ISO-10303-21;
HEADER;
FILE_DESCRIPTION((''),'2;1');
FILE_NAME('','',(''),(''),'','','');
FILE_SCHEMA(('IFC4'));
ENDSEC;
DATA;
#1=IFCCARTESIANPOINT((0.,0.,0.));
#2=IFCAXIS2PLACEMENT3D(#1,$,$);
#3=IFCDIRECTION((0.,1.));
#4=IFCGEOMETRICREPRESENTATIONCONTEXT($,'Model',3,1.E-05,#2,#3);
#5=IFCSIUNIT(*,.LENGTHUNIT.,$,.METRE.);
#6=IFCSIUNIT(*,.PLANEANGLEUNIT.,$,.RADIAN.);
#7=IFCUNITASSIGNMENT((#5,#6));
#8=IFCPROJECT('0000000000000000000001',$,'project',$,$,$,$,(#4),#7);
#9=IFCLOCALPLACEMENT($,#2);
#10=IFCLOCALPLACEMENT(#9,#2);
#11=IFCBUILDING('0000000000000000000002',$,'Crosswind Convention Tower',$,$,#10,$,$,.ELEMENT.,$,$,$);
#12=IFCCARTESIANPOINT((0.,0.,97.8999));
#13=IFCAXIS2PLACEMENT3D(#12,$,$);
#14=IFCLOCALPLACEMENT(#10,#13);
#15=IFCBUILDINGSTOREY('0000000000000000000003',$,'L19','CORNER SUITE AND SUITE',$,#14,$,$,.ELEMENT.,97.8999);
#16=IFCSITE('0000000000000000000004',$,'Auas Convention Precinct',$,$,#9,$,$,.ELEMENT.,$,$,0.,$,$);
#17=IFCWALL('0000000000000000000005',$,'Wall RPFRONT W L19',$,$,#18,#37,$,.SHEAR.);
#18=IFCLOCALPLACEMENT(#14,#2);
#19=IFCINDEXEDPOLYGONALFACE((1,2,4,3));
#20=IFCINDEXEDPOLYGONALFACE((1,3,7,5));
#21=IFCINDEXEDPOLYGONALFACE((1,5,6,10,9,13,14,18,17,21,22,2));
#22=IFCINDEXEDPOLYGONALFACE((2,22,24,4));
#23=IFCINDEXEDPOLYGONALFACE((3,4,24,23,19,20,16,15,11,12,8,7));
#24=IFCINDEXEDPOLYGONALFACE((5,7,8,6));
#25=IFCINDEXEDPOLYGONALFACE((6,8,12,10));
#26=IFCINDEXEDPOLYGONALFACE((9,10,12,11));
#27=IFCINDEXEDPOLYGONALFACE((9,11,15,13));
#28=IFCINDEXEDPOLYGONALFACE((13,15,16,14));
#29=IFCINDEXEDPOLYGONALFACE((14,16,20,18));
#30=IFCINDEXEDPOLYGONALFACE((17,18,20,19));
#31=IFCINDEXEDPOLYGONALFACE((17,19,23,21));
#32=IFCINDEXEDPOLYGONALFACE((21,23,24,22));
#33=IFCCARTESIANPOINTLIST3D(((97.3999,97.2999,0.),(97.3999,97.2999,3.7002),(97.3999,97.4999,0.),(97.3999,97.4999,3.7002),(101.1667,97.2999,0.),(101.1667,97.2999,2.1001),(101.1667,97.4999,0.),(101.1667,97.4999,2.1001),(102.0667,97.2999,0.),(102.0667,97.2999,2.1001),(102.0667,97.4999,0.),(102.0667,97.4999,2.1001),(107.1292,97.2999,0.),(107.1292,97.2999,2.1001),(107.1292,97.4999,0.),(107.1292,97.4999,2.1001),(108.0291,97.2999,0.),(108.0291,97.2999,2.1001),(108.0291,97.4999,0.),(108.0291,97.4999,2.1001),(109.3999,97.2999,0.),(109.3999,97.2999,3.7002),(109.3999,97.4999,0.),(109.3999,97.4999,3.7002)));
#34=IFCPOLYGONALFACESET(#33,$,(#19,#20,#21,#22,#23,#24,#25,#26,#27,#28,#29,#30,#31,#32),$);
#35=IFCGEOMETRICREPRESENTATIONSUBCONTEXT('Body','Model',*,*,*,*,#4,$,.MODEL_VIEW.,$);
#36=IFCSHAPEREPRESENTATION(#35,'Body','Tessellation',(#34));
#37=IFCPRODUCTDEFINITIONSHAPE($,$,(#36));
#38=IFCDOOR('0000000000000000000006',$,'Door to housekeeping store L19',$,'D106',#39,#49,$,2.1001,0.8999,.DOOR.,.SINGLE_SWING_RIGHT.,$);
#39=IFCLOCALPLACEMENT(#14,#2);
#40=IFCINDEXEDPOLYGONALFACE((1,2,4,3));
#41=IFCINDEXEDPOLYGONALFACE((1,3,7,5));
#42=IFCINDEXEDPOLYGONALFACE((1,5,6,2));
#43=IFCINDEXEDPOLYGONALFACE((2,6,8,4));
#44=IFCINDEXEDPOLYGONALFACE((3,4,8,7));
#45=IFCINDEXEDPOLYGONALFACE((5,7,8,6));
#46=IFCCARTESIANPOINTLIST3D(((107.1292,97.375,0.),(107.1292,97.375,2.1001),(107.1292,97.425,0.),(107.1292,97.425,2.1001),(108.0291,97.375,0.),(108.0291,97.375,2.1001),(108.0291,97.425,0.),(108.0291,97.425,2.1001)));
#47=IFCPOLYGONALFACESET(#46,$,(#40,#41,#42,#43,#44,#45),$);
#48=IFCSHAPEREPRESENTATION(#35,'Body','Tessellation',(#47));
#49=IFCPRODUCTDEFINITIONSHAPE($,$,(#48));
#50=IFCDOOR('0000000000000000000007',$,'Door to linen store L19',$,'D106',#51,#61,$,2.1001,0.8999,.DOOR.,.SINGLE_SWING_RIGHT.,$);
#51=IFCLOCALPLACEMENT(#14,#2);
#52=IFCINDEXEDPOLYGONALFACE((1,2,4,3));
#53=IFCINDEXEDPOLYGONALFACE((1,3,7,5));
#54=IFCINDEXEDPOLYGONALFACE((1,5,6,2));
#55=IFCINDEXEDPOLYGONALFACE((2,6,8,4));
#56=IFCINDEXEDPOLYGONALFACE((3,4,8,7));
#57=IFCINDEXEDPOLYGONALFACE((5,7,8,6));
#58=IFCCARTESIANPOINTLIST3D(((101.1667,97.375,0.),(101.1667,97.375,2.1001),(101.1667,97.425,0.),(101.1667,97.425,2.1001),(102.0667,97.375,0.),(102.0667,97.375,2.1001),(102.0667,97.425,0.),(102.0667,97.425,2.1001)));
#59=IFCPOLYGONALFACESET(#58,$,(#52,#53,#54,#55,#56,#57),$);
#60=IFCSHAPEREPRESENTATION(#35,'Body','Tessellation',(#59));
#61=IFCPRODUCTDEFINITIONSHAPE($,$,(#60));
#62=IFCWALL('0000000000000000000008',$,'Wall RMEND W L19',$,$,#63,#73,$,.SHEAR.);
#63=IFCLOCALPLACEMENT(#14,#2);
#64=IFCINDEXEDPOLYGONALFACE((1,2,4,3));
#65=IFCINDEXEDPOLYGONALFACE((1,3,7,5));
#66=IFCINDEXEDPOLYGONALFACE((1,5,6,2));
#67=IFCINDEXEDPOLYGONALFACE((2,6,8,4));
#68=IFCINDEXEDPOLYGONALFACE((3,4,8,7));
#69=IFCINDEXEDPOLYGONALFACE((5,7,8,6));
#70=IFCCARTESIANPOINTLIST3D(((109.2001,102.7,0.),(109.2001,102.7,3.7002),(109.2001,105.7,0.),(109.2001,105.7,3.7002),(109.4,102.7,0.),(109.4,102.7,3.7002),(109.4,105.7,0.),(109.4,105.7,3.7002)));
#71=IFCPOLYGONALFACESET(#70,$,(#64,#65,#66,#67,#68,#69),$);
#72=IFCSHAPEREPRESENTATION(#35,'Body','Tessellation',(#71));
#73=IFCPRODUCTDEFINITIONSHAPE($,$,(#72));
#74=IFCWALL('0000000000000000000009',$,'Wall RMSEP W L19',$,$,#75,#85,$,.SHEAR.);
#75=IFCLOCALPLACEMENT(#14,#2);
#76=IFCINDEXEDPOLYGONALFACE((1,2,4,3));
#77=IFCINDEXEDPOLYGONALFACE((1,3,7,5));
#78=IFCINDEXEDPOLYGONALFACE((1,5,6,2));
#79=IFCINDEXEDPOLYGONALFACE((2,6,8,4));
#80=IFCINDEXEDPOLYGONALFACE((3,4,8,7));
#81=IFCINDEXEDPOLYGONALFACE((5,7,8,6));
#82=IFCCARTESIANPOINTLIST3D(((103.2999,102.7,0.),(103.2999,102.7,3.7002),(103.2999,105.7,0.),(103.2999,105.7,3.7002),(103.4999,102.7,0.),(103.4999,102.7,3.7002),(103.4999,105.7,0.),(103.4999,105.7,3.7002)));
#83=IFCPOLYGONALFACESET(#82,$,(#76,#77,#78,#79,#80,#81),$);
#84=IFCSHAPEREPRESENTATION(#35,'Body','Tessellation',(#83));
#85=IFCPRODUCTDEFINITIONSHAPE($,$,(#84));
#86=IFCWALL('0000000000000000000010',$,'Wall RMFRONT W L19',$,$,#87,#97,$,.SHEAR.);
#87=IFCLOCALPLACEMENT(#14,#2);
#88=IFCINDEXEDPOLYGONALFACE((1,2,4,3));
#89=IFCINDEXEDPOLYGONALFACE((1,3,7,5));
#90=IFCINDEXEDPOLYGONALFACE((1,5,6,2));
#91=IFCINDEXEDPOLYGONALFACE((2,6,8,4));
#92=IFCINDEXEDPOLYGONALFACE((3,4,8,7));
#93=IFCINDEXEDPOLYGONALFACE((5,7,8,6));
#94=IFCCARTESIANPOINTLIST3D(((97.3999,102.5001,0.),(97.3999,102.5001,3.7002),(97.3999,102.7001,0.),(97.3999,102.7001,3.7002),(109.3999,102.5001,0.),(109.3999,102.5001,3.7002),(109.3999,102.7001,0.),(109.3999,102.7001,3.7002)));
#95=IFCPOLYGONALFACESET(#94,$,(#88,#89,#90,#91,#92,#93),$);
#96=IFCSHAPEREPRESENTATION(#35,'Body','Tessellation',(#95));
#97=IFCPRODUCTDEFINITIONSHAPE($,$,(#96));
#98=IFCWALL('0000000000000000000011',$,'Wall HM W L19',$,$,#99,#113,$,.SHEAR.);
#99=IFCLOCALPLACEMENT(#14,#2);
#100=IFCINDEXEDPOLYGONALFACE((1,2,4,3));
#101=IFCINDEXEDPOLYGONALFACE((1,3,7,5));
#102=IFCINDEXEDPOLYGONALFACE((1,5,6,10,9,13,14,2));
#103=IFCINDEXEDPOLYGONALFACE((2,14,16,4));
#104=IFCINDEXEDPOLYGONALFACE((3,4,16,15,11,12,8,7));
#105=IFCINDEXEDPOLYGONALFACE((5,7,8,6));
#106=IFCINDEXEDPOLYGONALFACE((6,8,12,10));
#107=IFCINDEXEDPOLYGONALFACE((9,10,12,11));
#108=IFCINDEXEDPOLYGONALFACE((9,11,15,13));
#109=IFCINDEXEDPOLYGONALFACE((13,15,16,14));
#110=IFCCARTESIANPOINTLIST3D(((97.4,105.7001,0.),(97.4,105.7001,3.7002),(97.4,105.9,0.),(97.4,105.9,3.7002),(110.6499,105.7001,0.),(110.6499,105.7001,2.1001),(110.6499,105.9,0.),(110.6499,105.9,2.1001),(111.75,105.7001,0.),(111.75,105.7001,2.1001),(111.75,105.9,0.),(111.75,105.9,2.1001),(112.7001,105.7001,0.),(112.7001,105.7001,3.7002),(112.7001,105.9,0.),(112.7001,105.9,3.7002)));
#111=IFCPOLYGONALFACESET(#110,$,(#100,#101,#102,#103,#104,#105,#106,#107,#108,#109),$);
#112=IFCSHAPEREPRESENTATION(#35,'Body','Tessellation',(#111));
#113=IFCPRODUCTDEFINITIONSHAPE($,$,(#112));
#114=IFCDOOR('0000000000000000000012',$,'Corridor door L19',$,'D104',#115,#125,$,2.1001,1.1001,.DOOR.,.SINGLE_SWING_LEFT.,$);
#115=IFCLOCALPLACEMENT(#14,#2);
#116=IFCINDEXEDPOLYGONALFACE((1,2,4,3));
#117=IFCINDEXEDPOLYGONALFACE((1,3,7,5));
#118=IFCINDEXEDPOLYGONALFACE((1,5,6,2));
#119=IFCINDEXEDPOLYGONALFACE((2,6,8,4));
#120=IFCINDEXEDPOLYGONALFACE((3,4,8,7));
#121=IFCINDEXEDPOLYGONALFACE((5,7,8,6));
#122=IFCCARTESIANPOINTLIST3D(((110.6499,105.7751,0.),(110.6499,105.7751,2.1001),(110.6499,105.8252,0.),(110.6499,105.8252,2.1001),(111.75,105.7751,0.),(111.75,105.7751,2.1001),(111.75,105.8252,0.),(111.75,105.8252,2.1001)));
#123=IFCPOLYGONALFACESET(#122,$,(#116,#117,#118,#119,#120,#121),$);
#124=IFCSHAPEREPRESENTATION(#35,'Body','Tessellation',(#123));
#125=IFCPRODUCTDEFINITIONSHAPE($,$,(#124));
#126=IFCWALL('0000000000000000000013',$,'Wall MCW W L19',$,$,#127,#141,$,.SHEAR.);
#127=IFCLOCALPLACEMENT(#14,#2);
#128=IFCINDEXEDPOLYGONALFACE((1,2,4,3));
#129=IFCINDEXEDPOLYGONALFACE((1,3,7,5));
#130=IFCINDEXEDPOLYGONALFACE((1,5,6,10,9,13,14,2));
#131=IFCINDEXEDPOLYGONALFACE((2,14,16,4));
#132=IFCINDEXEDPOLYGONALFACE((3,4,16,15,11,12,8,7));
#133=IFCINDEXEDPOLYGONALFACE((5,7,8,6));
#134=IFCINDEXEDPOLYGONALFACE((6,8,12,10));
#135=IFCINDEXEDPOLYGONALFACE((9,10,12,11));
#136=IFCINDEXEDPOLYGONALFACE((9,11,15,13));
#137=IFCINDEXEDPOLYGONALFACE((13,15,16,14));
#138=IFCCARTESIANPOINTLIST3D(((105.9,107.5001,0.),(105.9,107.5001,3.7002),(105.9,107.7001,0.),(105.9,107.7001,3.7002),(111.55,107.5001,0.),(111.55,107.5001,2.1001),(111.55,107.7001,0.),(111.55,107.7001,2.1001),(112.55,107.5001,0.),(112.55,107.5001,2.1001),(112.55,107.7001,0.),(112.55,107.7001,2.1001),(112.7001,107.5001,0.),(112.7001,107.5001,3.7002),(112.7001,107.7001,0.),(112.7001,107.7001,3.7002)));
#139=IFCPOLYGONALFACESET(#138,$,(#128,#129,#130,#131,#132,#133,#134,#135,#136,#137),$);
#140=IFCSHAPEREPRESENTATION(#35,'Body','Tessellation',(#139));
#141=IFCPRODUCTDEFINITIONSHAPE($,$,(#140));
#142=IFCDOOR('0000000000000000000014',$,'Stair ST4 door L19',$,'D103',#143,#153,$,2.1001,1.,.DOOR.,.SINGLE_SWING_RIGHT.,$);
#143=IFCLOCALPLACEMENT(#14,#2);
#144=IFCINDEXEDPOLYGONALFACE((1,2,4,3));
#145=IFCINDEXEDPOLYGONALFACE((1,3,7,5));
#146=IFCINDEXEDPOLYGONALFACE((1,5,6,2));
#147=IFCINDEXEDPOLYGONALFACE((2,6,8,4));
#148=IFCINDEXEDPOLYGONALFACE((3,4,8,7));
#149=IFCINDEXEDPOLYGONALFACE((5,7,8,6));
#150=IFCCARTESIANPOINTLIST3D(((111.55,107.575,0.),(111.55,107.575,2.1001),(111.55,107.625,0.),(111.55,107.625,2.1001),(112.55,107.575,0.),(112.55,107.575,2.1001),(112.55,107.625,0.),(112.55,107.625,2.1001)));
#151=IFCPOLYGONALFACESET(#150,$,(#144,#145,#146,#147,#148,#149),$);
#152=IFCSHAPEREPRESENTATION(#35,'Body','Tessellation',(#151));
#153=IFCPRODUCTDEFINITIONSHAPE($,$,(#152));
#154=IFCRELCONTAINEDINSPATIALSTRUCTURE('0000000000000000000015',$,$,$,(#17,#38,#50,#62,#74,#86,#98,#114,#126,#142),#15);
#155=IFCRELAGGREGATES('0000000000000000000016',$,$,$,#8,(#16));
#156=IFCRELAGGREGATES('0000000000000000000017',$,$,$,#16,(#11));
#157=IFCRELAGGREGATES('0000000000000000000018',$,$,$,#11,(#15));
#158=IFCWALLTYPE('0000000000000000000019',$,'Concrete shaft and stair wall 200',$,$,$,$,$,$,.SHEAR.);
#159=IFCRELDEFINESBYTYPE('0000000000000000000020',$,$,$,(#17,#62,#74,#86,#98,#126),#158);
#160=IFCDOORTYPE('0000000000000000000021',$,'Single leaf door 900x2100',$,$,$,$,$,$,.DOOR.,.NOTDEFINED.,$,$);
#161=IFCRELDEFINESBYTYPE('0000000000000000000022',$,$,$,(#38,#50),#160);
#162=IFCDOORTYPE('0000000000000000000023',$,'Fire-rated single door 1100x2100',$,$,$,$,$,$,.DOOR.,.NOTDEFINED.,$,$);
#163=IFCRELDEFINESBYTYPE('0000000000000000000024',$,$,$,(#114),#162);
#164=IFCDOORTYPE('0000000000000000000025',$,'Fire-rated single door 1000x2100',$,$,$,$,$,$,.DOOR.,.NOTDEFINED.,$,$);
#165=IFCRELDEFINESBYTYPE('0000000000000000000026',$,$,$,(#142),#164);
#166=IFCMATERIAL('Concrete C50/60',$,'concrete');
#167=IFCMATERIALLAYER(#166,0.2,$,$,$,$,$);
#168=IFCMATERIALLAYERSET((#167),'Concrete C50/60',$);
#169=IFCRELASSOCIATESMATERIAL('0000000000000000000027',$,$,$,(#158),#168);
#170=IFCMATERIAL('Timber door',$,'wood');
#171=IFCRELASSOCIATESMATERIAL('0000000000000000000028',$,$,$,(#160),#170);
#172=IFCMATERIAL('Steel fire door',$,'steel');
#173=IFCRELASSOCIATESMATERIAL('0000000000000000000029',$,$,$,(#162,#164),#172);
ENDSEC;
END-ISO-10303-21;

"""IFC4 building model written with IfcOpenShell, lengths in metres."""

from ifc_helpers import new_model, si_unit, direction, frame, frame_2d, origin, place, context, subcontext, project, spatial, rectangle, extrude, material, layer, layer_set, type_object, element, fill, save


model = new_model("IFC4")

# Units and contexts
model_context = context("Model", 3, precision=1e-05, world=origin(), true_north=direction((0.0, 1.0)))
body_context = subcontext(model_context, "Body", "Model", "MODEL_VIEW")
ifc_project = project(units=[si_unit("LENGTHUNIT", "METRE"), si_unit("PLANEANGLEUNIT", "RADIAN")], contexts=[model_context])

# Site, building, storey
site_placement = place(None, origin())
site = spatial("IfcSite", under=ifc_project, at=site_placement, Name="Auas Convention Precinct", CompositionType="ELEMENT", RefElevation=0.0)
building_placement = place(site_placement, origin())
building = spatial("IfcBuilding", under=site, at=building_placement, Name="Crosswind Convention Tower", CompositionType="ELEMENT")
storey_placement = place(building_placement, frame((0.0, 0.0, 97.8999)))
storey = spatial("IfcBuildingStorey", under=building, at=storey_placement, Name="L19", Description="CORNER SUITE AND SUITE", CompositionType="ELEMENT", Elevation=97.8999)

# Wall, openings, doors
ifc_material_1 = material(Name="Concrete C50/60", Category="concrete")
ifc_layer_1 = layer(ifc_material_1, 0.2)
ifc_layer_set_1 = layer_set([ifc_layer_1], Name="Concrete C50/60")
wall_type_1 = type_object("IfcWallType", Name="Concrete shaft and stair wall 200", PredefinedType="SHEAR", material=ifc_layer_set_1)
wall_1_placement = place(storey_placement, frame((109.3999, 97.3999, 0.0), z_axis=(0.0, 0.0, 1.0), x_axis=(-1.0, 0.0, 0.0)))
wall_1 = element("IfcWall", 1, at=wall_1_placement, inside=storey, type_object=wall_type_1, Name="Wall RPFRONT W L19", PredefinedType="SHEAR", context=body_context, shape_type="SweptSolid", body=[
    extrude(rectangle(XDim=12.0, YDim=0.2, at=frame_2d((6.0, 0.0))), origin(), (0.0, 0.0, 1.0), 3.7002),
])
opening_1_placement = place(wall_1_placement, frame((1.3708, 0.0, 0.0)))
opening_1 = element("IfcOpeningElement", 2, at=opening_1_placement, cuts=wall_1, PredefinedType="OPENING", context=body_context, shape_type="SweptSolid", body=[
    extrude(rectangle(XDim=0.8999, YDim=2.1001, at=frame_2d((0.45, 1.05))), frame((0.0, 0.1099, 0.0), z_axis=(0.0, -1.0, 0.0), x_axis=(1.0, 0.0, 0.0)), (0.0, 0.0, 1.0), 0.22),
])
opening_2_placement = place(wall_1_placement, frame((7.3333, 0.0, 0.0)))
opening_2 = element("IfcOpeningElement", 3, at=opening_2_placement, cuts=wall_1, PredefinedType="OPENING", context=body_context, shape_type="SweptSolid", body=[
    extrude(rectangle(XDim=0.8999, YDim=2.1001, at=frame_2d((0.45, 1.05))), frame((0.0, 0.1099, 0.0), z_axis=(0.0, -1.0, 0.0), x_axis=(1.0, 0.0, 0.0)), (0.0, 0.0, 1.0), 0.22),
])
ifc_material_2 = material(Name="Timber door", Category="wood")
door_type_1 = type_object("IfcDoorType", Name="Single leaf door 900x2100", OperationType="NOTDEFINED", PredefinedType="DOOR", material=ifc_material_2)
door_1_placement = place(opening_1_placement, origin())
door_1 = element("IfcDoor", 4, at=door_1_placement, inside=storey, type_object=door_type_1, Name="Door to housekeeping store L19", ObjectType="D106", OperationType="SINGLE_SWING_RIGHT", OverallHeight=2.1001, OverallWidth=0.8999, PredefinedType="DOOR", context=body_context, shape_type="SweptSolid", body=[
    extrude(rectangle(XDim=0.8999, YDim=2.1001, at=frame_2d((0.45, 1.05))), frame((0.0, 0.0249, 0.0), z_axis=(0.0, -1.0, 0.0), x_axis=(1.0, 0.0, 0.0)), (0.0, 0.0, 1.0), 0.05),
])
fill(opening_1, door_1)
door_2_placement = place(opening_2_placement, origin())
door_2 = element("IfcDoor", 5, at=door_2_placement, inside=storey, type_object=door_type_1, Name="Door to linen store L19", ObjectType="D106", OperationType="SINGLE_SWING_RIGHT", OverallHeight=2.1001, OverallWidth=0.8999, PredefinedType="DOOR", context=body_context, shape_type="SweptSolid", body=[
    extrude(rectangle(XDim=0.8999, YDim=2.1001, at=frame_2d((0.45, 1.05))), frame((0.0, 0.0249, 0.0), z_axis=(0.0, -1.0, 0.0), x_axis=(1.0, 0.0, 0.0)), (0.0, 0.0, 1.0), 0.05),
])
fill(opening_2, door_2)

# Walls
for number, where, z_axis, x_axis, name in (
    (6, (109.3, 105.7, 0.0), (0.0, 0.0, 1.0), (0.0, -1.0, 0.0), "Wall RMEND W L19"),
    (7, (103.3999, 105.7, 0.0), (0.0, 0.0, 1.0), (0.0, -1.0, 0.0), "Wall RMSEP W L19"),
):
    element("IfcWall", number, at=place(storey_placement, frame(where, z_axis=z_axis, x_axis=x_axis)), inside=storey, type_object=wall_type_1, Name=name, PredefinedType="SHEAR", context=body_context, shape_type="SweptSolid", body=[
        extrude(rectangle(XDim=3.0, YDim=0.2, at=frame_2d((1.5, 0.0))), origin(), (0.0, 0.0, 1.0), 3.7002),
    ])
wall_2_placement = place(storey_placement, frame((109.3999, 102.6001, 0.0), z_axis=(0.0, 0.0, 1.0), x_axis=(-1.0, 0.0, 0.0)))
element("IfcWall", 8, at=wall_2_placement, inside=storey, type_object=wall_type_1, Name="Wall RMFRONT W L19", PredefinedType="SHEAR", context=body_context, shape_type="SweptSolid", body=[
    extrude(rectangle(XDim=12.0, YDim=0.2, at=frame_2d((6.0, 0.0))), origin(), (0.0, 0.0, 1.0), 3.7002),
])

# Walls, openings, doors
wall_3_placement = place(storey_placement, frame((112.7, 105.8, 0.0), z_axis=(0.0, 0.0, 1.0), x_axis=(-1.0, 0.0, 0.0)))
wall_3 = element("IfcWall", 9, at=wall_3_placement, inside=storey, type_object=wall_type_1, Name="Wall HM W L19", PredefinedType="SHEAR", context=body_context, shape_type="SweptSolid", body=[
    extrude(rectangle(XDim=15.3, YDim=0.2, at=frame_2d((7.6499, 0.0))), origin(), (0.0, 0.0, 1.0), 3.7002),
])
opening_3_placement = place(wall_3_placement, frame((0.95, 0.0, 0.0)))
opening_3 = element("IfcOpeningElement", 10, at=opening_3_placement, cuts=wall_3, PredefinedType="OPENING", context=body_context, shape_type="SweptSolid", body=[
    extrude(rectangle(XDim=1.1001, YDim=2.1001, at=frame_2d((0.55, 1.05))), frame((0.0, 0.1099, 0.0), z_axis=(0.0, -1.0, 0.0), x_axis=(1.0, 0.0, 0.0)), (0.0, 0.0, 1.0), 0.22),
])
ifc_material_3 = material(Name="Steel fire door", Category="steel")
door_type_2 = type_object("IfcDoorType", Name="Fire-rated single door 1100x2100", OperationType="NOTDEFINED", PredefinedType="DOOR", material=ifc_material_3)
door_3_placement = place(opening_3_placement, origin())
door_3 = element("IfcDoor", 11, at=door_3_placement, inside=storey, type_object=door_type_2, Name="Corridor door L19", ObjectType="D104", OperationType="SINGLE_SWING_LEFT", OverallHeight=2.1001, OverallWidth=1.1001, PredefinedType="DOOR", context=body_context, shape_type="SweptSolid", body=[
    extrude(rectangle(XDim=1.1001, YDim=2.1001, at=frame_2d((0.55, 1.05))), frame((0.0, 0.0249, 0.0), z_axis=(0.0, -1.0, 0.0), x_axis=(1.0, 0.0, 0.0)), (0.0, 0.0, 1.0), 0.05),
])
fill(opening_3, door_3)
wall_4_placement = place(storey_placement, frame((112.7, 107.6001, 0.0), z_axis=(0.0, 0.0, 1.0), x_axis=(-1.0, 0.0, 0.0)))
wall_4 = element("IfcWall", 12, at=wall_4_placement, inside=storey, type_object=wall_type_1, Name="Wall MCW W L19", PredefinedType="SHEAR", context=body_context, shape_type="SweptSolid", body=[
    extrude(rectangle(XDim=6.8, YDim=0.2, at=frame_2d((3.3999, 0.0))), origin(), (0.0, 0.0, 1.0), 3.7002),
])
opening_4_placement = place(wall_4_placement, frame((0.1499, 0.0, 0.0)))
opening_4 = element("IfcOpeningElement", 13, at=opening_4_placement, cuts=wall_4, PredefinedType="OPENING", context=body_context, shape_type="SweptSolid", body=[
    extrude(rectangle(XDim=1.0, YDim=2.1001, at=frame_2d((0.5, 1.05))), frame((0.0, 0.1099, 0.0), z_axis=(0.0, -1.0, 0.0), x_axis=(1.0, 0.0, 0.0)), (0.0, 0.0, 1.0), 0.22),
])
door_type_3 = type_object("IfcDoorType", Name="Fire-rated single door 1000x2100", OperationType="NOTDEFINED", PredefinedType="DOOR", material=ifc_material_3)
door_4_placement = place(opening_4_placement, frame((1.0, 0.0, 0.0), z_axis=(0.0, 0.0, 1.0), x_axis=(-1.0, 0.0, 0.0)))
door_4 = element("IfcDoor", 14, at=door_4_placement, inside=storey, type_object=door_type_3, Name="Stair ST4 door L19", ObjectType="D103", OperationType="SINGLE_SWING_RIGHT", OverallHeight=2.1001, OverallWidth=1.0, PredefinedType="DOOR", context=body_context, shape_type="SweptSolid", body=[
    extrude(rectangle(XDim=1.0, YDim=2.1001, at=frame_2d((0.5, 1.05))), frame((0.0, 0.0249, 0.0), z_axis=(0.0, -1.0, 0.0), x_axis=(1.0, 0.0, 0.0)), (0.0, 0.0, 1.0), 0.05),
])
fill(opening_4, door_4)

save(model, "model.ifc")
